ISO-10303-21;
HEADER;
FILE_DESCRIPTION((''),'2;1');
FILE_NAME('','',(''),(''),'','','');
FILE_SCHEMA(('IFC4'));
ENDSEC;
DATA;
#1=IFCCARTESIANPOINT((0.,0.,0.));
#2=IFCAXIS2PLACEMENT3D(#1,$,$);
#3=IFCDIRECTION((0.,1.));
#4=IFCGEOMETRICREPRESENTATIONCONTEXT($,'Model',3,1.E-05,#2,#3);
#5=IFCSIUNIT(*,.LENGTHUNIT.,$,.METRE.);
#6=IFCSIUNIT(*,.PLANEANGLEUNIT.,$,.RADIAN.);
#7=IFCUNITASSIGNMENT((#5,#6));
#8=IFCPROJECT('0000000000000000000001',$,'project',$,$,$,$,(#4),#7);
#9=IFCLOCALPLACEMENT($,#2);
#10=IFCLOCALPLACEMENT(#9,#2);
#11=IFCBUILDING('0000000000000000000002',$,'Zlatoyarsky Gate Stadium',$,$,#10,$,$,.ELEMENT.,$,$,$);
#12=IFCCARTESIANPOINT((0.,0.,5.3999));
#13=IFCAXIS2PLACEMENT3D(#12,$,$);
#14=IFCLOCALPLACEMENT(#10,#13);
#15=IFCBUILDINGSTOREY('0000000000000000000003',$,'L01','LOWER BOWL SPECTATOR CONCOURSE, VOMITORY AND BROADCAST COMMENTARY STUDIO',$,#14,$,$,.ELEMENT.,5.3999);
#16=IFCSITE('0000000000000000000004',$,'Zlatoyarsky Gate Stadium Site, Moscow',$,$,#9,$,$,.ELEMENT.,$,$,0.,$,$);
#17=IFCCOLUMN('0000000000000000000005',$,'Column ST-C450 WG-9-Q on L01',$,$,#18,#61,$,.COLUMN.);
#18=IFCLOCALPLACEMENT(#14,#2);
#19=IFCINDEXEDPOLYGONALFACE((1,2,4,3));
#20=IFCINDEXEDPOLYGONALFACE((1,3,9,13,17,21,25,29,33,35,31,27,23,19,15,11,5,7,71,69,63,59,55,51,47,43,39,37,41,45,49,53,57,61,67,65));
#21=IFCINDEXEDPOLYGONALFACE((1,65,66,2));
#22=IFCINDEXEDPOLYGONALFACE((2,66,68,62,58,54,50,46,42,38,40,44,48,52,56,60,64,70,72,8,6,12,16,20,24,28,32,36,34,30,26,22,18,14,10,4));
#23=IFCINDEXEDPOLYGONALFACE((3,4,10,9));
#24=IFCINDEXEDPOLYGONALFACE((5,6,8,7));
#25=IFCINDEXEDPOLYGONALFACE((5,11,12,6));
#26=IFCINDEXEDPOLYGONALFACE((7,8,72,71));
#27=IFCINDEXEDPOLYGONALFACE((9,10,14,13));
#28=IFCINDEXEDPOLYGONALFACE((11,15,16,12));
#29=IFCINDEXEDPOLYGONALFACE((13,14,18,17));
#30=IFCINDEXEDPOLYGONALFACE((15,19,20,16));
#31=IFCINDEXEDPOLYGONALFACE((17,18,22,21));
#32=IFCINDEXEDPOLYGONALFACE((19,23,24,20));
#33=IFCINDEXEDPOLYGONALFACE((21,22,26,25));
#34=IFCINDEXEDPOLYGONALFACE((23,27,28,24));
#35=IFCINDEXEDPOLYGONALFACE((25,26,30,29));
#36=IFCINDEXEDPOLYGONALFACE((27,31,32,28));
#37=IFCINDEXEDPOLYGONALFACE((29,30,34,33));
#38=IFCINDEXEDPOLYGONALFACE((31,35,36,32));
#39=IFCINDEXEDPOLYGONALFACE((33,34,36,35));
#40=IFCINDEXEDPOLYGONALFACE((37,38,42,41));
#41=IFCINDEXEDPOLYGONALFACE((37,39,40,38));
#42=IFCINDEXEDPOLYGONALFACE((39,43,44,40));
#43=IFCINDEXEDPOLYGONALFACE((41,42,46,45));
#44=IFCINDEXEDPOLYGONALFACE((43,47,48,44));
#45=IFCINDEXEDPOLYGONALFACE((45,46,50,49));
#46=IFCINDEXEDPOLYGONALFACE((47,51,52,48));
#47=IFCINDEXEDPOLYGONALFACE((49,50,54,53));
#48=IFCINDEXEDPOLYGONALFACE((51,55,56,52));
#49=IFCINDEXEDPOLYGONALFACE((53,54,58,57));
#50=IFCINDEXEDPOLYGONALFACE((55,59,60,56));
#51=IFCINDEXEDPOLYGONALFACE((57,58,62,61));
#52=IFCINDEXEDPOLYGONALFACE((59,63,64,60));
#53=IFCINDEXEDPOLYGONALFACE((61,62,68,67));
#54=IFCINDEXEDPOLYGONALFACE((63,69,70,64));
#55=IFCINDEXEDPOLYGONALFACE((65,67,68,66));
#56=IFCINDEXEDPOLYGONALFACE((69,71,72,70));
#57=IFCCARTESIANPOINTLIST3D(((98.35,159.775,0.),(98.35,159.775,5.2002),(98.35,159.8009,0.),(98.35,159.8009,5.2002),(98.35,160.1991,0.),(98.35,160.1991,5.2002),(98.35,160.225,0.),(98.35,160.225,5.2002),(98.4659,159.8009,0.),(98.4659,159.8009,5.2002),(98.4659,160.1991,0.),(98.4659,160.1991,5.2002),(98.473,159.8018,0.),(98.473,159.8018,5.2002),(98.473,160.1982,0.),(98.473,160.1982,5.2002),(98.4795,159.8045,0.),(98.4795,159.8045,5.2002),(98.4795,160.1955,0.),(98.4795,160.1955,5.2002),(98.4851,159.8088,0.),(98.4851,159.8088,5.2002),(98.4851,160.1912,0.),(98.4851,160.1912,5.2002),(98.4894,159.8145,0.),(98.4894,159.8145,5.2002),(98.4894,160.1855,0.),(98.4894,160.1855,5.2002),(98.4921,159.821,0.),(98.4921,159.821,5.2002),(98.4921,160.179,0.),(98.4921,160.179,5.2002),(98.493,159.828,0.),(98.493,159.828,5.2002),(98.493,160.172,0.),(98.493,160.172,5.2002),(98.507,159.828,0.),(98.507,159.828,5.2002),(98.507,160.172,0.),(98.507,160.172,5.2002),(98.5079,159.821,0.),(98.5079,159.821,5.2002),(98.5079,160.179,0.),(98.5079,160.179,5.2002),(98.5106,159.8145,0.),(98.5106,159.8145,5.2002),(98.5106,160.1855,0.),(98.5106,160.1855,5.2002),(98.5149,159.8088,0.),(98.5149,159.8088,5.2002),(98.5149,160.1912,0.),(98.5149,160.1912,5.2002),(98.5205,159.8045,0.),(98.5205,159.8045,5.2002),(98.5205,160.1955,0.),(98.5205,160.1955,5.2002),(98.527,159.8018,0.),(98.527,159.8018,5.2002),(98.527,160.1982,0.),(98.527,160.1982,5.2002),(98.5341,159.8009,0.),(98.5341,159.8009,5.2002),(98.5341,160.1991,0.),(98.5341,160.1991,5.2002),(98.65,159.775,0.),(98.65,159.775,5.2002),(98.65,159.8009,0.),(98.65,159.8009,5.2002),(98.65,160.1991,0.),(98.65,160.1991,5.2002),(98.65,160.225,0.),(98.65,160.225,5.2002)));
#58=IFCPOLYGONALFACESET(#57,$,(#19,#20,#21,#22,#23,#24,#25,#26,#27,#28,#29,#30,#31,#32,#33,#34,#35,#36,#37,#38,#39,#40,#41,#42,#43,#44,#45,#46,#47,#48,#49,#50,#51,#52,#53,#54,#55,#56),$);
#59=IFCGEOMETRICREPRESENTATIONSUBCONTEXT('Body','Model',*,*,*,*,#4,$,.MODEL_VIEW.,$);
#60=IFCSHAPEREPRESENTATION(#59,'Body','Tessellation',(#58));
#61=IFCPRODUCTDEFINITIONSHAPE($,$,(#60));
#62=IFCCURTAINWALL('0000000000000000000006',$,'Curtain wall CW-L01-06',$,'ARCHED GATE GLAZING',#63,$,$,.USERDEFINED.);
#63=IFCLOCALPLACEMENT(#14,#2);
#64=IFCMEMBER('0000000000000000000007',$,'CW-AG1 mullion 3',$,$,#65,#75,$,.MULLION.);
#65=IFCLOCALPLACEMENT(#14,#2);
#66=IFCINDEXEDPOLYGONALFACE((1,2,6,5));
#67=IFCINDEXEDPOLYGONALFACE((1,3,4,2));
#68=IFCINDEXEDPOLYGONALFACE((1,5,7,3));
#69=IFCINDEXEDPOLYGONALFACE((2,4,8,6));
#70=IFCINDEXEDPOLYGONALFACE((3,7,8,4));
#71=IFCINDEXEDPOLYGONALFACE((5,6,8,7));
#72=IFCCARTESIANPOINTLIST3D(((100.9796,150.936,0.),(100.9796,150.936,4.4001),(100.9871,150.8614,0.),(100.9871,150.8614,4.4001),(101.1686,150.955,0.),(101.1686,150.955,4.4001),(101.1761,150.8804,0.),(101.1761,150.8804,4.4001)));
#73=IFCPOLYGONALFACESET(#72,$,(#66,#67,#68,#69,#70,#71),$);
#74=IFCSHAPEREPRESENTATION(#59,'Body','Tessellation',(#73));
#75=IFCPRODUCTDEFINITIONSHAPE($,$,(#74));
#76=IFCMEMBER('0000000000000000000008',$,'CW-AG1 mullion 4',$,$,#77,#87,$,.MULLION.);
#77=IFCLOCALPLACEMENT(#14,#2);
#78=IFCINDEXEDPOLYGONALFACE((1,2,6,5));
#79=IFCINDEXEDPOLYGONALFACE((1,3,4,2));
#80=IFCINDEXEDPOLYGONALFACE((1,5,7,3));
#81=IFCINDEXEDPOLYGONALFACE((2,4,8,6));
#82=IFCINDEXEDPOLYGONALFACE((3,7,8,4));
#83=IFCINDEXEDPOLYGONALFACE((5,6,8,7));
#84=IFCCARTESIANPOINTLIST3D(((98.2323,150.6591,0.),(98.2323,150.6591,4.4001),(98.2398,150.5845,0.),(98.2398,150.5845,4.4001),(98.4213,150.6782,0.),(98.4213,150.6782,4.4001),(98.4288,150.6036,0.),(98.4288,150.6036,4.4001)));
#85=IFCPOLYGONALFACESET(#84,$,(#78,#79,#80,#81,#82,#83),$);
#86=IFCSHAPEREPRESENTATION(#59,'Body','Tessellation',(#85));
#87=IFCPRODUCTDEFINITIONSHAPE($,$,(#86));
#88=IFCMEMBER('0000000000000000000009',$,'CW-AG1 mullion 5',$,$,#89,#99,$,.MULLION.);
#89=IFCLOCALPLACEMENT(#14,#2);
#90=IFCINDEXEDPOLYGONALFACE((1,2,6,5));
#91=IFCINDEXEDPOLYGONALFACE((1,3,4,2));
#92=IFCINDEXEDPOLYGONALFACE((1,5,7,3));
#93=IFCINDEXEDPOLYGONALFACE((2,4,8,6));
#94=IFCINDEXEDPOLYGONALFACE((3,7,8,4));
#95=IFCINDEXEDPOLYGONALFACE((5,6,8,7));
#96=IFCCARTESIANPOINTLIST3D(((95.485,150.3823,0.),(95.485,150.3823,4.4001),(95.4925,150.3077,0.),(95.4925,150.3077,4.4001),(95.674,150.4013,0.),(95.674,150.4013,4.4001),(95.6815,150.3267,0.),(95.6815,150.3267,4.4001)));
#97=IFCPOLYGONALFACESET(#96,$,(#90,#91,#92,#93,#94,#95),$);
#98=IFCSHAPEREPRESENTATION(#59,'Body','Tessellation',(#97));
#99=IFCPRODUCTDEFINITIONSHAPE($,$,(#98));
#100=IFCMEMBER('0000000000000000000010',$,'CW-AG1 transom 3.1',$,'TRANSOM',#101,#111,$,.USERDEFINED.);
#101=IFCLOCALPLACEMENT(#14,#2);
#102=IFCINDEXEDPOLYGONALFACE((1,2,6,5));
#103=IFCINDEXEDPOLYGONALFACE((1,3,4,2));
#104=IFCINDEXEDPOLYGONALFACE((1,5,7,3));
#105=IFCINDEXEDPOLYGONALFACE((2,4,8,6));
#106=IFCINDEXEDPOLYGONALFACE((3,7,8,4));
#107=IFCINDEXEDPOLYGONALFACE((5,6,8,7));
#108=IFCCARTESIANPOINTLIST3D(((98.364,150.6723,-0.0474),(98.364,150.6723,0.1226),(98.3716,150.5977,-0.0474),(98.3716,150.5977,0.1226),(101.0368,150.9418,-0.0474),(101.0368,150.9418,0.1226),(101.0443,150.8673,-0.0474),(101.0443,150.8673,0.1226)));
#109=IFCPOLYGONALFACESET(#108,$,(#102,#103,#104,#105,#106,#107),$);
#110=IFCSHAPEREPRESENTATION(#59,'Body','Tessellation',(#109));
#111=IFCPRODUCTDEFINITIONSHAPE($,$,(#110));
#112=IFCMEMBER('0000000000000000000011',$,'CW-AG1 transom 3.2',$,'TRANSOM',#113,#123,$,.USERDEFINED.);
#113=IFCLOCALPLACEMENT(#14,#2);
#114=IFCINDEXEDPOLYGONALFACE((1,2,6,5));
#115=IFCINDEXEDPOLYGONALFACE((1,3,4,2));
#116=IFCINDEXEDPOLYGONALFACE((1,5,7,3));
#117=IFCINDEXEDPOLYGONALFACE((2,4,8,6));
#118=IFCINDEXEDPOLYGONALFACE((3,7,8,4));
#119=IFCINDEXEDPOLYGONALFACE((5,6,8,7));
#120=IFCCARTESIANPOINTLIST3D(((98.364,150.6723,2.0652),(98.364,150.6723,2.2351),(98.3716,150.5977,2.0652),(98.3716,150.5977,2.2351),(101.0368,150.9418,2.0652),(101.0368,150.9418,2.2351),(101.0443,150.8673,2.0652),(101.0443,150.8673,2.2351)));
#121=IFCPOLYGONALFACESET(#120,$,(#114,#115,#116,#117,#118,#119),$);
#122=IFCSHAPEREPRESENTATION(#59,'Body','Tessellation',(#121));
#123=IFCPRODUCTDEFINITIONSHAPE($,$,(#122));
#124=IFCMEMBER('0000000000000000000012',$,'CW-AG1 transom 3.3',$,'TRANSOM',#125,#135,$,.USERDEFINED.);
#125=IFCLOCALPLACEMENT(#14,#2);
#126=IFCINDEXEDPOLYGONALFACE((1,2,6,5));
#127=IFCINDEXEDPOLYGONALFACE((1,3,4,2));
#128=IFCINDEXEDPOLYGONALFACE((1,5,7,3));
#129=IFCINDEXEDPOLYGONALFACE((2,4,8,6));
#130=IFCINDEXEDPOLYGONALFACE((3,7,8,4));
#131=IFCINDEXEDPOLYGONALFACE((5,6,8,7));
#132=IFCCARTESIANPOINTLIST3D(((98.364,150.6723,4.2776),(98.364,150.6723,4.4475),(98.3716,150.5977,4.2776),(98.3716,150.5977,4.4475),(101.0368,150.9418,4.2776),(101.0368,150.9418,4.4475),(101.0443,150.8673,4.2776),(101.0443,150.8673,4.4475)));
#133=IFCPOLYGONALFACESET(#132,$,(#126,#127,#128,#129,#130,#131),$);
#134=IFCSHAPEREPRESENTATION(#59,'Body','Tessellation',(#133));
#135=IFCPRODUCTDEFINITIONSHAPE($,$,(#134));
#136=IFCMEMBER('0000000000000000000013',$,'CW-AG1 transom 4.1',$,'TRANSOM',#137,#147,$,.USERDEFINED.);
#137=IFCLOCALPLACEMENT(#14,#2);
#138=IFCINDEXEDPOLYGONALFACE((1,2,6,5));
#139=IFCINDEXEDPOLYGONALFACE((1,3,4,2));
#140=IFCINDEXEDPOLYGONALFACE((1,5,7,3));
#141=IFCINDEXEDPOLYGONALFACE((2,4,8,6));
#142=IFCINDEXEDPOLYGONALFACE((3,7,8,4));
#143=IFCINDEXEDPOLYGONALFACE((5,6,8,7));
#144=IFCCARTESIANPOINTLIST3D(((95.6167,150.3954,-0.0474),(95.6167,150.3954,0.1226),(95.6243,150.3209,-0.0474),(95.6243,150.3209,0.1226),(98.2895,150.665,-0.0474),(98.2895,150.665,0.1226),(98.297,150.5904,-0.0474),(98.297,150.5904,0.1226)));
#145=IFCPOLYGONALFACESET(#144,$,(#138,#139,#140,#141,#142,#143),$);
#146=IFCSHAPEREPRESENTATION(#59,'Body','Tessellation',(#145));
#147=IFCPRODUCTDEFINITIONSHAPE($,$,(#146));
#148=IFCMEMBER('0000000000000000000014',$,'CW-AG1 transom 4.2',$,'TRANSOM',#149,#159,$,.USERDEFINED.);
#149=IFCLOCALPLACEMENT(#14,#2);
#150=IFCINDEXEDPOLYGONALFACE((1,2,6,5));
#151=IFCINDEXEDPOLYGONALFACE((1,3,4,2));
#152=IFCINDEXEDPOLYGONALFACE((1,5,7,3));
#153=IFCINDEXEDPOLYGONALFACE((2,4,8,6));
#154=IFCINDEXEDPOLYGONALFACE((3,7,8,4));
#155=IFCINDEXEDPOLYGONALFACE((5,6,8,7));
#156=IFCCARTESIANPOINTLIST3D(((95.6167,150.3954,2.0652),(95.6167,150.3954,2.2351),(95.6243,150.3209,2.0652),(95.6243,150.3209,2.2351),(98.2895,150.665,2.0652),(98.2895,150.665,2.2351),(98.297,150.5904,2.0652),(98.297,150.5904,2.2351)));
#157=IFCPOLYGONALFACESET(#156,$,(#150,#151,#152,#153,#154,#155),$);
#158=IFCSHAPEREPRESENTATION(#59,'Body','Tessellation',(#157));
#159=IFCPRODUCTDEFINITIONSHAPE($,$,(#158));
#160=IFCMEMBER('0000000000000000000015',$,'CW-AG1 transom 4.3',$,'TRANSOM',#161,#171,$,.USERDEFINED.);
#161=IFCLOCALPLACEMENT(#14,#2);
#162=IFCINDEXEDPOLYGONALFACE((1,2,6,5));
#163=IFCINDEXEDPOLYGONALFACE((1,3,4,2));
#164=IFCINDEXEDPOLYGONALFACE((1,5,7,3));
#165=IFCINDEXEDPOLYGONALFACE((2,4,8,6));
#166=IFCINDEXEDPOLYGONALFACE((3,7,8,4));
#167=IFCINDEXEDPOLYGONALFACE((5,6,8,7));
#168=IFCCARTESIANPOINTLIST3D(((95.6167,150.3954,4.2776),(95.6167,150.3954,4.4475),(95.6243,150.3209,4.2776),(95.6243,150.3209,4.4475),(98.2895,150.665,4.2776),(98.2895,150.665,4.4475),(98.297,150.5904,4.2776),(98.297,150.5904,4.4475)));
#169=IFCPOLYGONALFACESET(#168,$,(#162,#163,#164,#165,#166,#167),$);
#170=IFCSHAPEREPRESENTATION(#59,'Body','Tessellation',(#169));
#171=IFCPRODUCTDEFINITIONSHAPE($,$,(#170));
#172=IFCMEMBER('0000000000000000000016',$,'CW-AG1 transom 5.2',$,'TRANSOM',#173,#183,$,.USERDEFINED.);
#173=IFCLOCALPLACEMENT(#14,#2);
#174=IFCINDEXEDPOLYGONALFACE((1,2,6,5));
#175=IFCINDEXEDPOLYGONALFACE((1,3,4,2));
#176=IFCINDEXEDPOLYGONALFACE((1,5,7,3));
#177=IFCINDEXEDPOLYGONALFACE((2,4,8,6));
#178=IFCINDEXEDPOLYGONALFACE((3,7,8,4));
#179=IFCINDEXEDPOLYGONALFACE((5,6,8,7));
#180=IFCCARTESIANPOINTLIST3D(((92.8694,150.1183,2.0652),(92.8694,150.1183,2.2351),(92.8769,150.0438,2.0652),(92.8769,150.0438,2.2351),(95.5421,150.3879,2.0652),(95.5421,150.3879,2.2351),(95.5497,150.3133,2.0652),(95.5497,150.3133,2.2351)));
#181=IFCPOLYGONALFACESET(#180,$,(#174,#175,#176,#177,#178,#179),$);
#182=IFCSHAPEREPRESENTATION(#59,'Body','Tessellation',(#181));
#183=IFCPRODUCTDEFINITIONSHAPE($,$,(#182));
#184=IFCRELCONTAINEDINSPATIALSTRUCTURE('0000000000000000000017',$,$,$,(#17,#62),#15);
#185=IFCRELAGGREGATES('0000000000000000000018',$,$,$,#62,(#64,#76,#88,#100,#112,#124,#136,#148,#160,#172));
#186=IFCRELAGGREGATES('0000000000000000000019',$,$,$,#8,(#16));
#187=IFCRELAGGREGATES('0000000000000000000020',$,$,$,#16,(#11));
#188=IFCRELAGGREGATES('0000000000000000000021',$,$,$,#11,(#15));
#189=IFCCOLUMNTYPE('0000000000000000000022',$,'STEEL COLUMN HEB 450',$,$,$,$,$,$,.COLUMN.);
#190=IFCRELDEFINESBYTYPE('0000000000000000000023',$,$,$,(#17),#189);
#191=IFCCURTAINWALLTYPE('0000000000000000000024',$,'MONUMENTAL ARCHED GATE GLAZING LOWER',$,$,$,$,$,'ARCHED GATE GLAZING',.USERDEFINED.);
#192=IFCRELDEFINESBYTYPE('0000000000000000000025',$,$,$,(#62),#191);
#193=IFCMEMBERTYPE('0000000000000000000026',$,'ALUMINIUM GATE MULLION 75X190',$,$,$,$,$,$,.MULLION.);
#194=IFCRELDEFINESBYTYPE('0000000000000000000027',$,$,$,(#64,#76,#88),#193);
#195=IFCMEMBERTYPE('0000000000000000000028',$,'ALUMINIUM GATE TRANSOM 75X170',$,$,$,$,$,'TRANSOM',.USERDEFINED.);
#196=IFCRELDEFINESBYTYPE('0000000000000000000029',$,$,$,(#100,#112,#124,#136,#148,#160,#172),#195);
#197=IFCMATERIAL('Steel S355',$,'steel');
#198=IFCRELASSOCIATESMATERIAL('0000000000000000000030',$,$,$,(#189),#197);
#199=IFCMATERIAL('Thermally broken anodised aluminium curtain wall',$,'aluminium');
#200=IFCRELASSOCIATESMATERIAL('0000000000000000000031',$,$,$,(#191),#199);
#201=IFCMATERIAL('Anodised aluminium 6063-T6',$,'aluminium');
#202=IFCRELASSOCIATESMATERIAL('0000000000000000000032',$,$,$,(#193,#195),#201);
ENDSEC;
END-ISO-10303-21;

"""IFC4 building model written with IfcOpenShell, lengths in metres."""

from ifc_helpers import new_model, si_unit, direction, frame, origin, origin_2d, place, context, subcontext, project, spatial, rectangle, i_section, extrude, material, material_profile, profile_set, type_object, element, aggregate, save


model = new_model("IFC4")

# Units and contexts
model_context = context("Model", 3, precision=1e-05, world=origin(), true_north=direction((0.0, 1.0)))
body_context = subcontext(model_context, "Body", "Model", "MODEL_VIEW")
ifc_project = project(units=[si_unit("LENGTHUNIT", "METRE"), si_unit("PLANEANGLEUNIT", "RADIAN")], contexts=[model_context])

# Site, building, storey
site_placement = place(None, origin())
site = spatial("IfcSite", under=ifc_project, at=site_placement, Name="Zlatoyarsky Gate Stadium Site, Moscow", CompositionType="ELEMENT", RefElevation=0.0)
building_placement = place(site_placement, origin())
building = spatial("IfcBuilding", under=site, at=building_placement, Name="Zlatoyarsky Gate Stadium", CompositionType="ELEMENT")
storey_placement = place(building_placement, frame((0.0, 0.0, 5.3999)))
storey = spatial("IfcBuildingStorey", under=building, at=storey_placement, Name="L01", Description="LOWER BOWL SPECTATOR CONCOURSE, VOMITORY AND BROADCAST COMMENTARY STUDIO", CompositionType="ELEMENT", Elevation=5.3999)

# Column
ifc_material_1 = material(Name="Steel S355", Category="steel")
ifc_material_profile_1 = material_profile(ifc_material_1, i_section(OverallWidth=0.3, OverallDepth=0.45, WebThickness=0.0139, FlangeThickness=0.0259, FilletRadius=0.0271, at=origin_2d()), Name="HEB 450")
ifc_profile_set_1 = profile_set([ifc_material_profile_1], Name="Steel S355")
column_type = type_object("IfcColumnType", Name="STEEL COLUMN HEB 450", PredefinedType="COLUMN", material=ifc_profile_set_1)
column_placement = place(storey_placement, frame((98.5, 160.0, 0.0), z_axis=(0.0, 0.0, 1.0), x_axis=(1.0, 0.0, 0.0)))
element("IfcColumn", 1, at=column_placement, inside=storey, type_object=column_type, Name="Column ST-C450 WG-9-Q on L01", PredefinedType="COLUMN", context=body_context, shape_type="SweptSolid", body=[
    extrude(i_section(OverallWidth=0.3, OverallDepth=0.45, WebThickness=0.0139, FlangeThickness=0.0259, FilletRadius=0.0271, at=origin_2d()), origin(), (0.0, 0.0, 1.0), 5.2002),
])

# Curtain wall, members
ifc_material_2 = material(Name="Thermally broken anodised aluminium curtain wall", Category="aluminium")
curtain_wall_type_1 = type_object("IfcCurtainWallType", Name="MONUMENTAL ARCHED GATE GLAZING LOWER", ElementType="ARCHED GATE GLAZING", PredefinedType="USERDEFINED", material=ifc_material_2)
curtain_wall_1_placement = place(storey_placement, origin())
curtain_wall_1 = element("IfcCurtainWall", 2, at=curtain_wall_1_placement, inside=storey, type_object=curtain_wall_type_1, Name="Curtain wall CW-L01-06", ObjectType="ARCHED GATE GLAZING", PredefinedType="USERDEFINED")
ifc_material_3 = material(Name="Anodised aluminium 6063-T6", Category="aluminium")
ifc_material_profile_2 = material_profile(ifc_material_3, rectangle(XDim=0.075, YDim=0.1899, at=origin_2d()), Name="ALU 75X190")
ifc_profile_set_2 = profile_set([ifc_material_profile_2], Name="Anodised aluminium 6063-T6")
member_type_1 = type_object("IfcMemberType", Name="ALUMINIUM GATE MULLION 75X190", PredefinedType="MULLION", material=ifc_profile_set_2)
member_1_placement = place(storey_placement, frame((101.0779, 150.9082, 0.0), z_axis=(0.0, 0.0, 1.0), x_axis=(0.100303, -0.994957, 0.0)))
member_1 = element("IfcMember", 3, at=member_1_placement, type_object=member_type_1, Name="CW-AG1 mullion 3", PredefinedType="MULLION", context=body_context, shape_type="SweptSolid", body=[
    extrude(rectangle(XDim=0.075, YDim=0.1899, at=origin_2d()), origin(), (0.0, 0.0, 1.0), 4.4001),
])
member_2_placement = place(storey_placement, frame((98.3306, 150.6313, 0.0), z_axis=(0.0, 0.0, 1.0), x_axis=(0.100303, -0.994957, 0.0)))
member_2 = element("IfcMember", 4, at=member_2_placement, type_object=member_type_1, Name="CW-AG1 mullion 4", PredefinedType="MULLION", context=body_context, shape_type="SweptSolid", body=[
    extrude(rectangle(XDim=0.075, YDim=0.1899, at=origin_2d()), origin(), (0.0, 0.0, 1.0), 4.4001),
])
member_3_placement = place(storey_placement, frame((95.5833, 150.3545, 0.0), z_axis=(0.0, 0.0, 1.0), x_axis=(0.100303, -0.994957, 0.0)))
member_3 = element("IfcMember", 5, at=member_3_placement, type_object=member_type_1, Name="CW-AG1 mullion 5", PredefinedType="MULLION", context=body_context, shape_type="SweptSolid", body=[
    extrude(rectangle(XDim=0.075, YDim=0.1899, at=origin_2d()), origin(), (0.0, 0.0, 1.0), 4.4001),
])
ifc_material_profile_3 = material_profile(ifc_material_3, rectangle(XDim=0.075, YDim=0.1699, at=origin_2d()), Name="ALU 75X170")
ifc_profile_set_3 = profile_set([ifc_material_profile_3], Name="Anodised aluminium 6063-T6")
member_type_2 = type_object("IfcMemberType", Name="ALUMINIUM GATE TRANSOM 75X170", ElementType="TRANSOM", PredefinedType="USERDEFINED", material=ifc_profile_set_3)
member_4_placement = place(storey_placement, frame((101.0405, 150.9045, 0.0376), z_axis=(-0.994953, -0.100341, 0.0), x_axis=(0.100341, -0.994953, 0.0)))
member_4 = element("IfcMember", 6, at=member_4_placement, type_object=member_type_2, Name="CW-AG1 transom 3.1", ObjectType="TRANSOM", PredefinedType="USERDEFINED", context=body_context, shape_type="SweptSolid", body=[
    extrude(rectangle(XDim=0.075, YDim=0.1699, at=origin_2d()), origin(), (0.0, 0.0, 1.0), 2.6863),
])
member_5_placement = place(storey_placement, frame((101.0405, 150.9045, 2.1501), z_axis=(-0.994953, -0.100341, 0.0), x_axis=(0.100341, -0.994953, 0.0)))
member_5 = element("IfcMember", 7, at=member_5_placement, type_object=member_type_2, Name="CW-AG1 transom 3.2", ObjectType="TRANSOM", PredefinedType="USERDEFINED", context=body_context, shape_type="SweptSolid", body=[
    extrude(rectangle(XDim=0.075, YDim=0.1699, at=origin_2d()), origin(), (0.0, 0.0, 1.0), 2.6863),
])
member_6_placement = place(storey_placement, frame((101.0405, 150.9045, 4.3625), z_axis=(-0.994953, -0.100341, 0.0), x_axis=(0.100341, -0.994953, 0.0)))
member_6 = element("IfcMember", 8, at=member_6_placement, type_object=member_type_2, Name="CW-AG1 transom 3.3", ObjectType="TRANSOM", PredefinedType="USERDEFINED", context=body_context, shape_type="SweptSolid", body=[
    extrude(rectangle(XDim=0.075, YDim=0.1699, at=origin_2d()), origin(), (0.0, 0.0, 1.0), 2.6863),
])
member_7_placement = place(storey_placement, frame((98.2932, 150.6277, 0.0376), z_axis=(-0.994953, -0.100341, 0.0), x_axis=(0.100341, -0.994953, 0.0)))
member_7 = element("IfcMember", 9, at=member_7_placement, type_object=member_type_2, Name="CW-AG1 transom 4.1", ObjectType="TRANSOM", PredefinedType="USERDEFINED", context=body_context, shape_type="SweptSolid", body=[
    extrude(rectangle(XDim=0.075, YDim=0.1699, at=origin_2d()), origin(), (0.0, 0.0, 1.0), 2.6863),
])
member_8_placement = place(storey_placement, frame((98.2932, 150.6277, 2.1501), z_axis=(-0.994953, -0.100341, 0.0), x_axis=(0.100341, -0.994953, 0.0)))
member_8 = element("IfcMember", 10, at=member_8_placement, type_object=member_type_2, Name="CW-AG1 transom 4.2", ObjectType="TRANSOM", PredefinedType="USERDEFINED", context=body_context, shape_type="SweptSolid", body=[
    extrude(rectangle(XDim=0.075, YDim=0.1699, at=origin_2d()), origin(), (0.0, 0.0, 1.0), 2.6863),
])
member_9_placement = place(storey_placement, frame((98.2932, 150.6277, 4.3625), z_axis=(-0.994953, -0.100341, 0.0), x_axis=(0.100341, -0.994953, 0.0)))
member_9 = element("IfcMember", 11, at=member_9_placement, type_object=member_type_2, Name="CW-AG1 transom 4.3", ObjectType="TRANSOM", PredefinedType="USERDEFINED", context=body_context, shape_type="SweptSolid", body=[
    extrude(rectangle(XDim=0.075, YDim=0.1699, at=origin_2d()), origin(), (0.0, 0.0, 1.0), 2.6863),
])
member_10_placement = place(storey_placement, frame((95.5459, 150.3506, 2.1501), z_axis=(-0.994953, -0.100341, 0.0), x_axis=(0.100341, -0.994953, 0.0)))
member_10 = element("IfcMember", 12, at=member_10_placement, type_object=member_type_2, Name="CW-AG1 transom 5.2", ObjectType="TRANSOM", PredefinedType="USERDEFINED", context=body_context, shape_type="SweptSolid", body=[
    extrude(rectangle(XDim=0.075, YDim=0.1699, at=origin_2d()), origin(), (0.0, 0.0, 1.0), 2.6863),
])

aggregate(curtain_wall_1, [member_1, member_2, member_3, member_4, member_5, member_6, member_7, member_8, member_9, member_10])

save(model, "model.ifc")
